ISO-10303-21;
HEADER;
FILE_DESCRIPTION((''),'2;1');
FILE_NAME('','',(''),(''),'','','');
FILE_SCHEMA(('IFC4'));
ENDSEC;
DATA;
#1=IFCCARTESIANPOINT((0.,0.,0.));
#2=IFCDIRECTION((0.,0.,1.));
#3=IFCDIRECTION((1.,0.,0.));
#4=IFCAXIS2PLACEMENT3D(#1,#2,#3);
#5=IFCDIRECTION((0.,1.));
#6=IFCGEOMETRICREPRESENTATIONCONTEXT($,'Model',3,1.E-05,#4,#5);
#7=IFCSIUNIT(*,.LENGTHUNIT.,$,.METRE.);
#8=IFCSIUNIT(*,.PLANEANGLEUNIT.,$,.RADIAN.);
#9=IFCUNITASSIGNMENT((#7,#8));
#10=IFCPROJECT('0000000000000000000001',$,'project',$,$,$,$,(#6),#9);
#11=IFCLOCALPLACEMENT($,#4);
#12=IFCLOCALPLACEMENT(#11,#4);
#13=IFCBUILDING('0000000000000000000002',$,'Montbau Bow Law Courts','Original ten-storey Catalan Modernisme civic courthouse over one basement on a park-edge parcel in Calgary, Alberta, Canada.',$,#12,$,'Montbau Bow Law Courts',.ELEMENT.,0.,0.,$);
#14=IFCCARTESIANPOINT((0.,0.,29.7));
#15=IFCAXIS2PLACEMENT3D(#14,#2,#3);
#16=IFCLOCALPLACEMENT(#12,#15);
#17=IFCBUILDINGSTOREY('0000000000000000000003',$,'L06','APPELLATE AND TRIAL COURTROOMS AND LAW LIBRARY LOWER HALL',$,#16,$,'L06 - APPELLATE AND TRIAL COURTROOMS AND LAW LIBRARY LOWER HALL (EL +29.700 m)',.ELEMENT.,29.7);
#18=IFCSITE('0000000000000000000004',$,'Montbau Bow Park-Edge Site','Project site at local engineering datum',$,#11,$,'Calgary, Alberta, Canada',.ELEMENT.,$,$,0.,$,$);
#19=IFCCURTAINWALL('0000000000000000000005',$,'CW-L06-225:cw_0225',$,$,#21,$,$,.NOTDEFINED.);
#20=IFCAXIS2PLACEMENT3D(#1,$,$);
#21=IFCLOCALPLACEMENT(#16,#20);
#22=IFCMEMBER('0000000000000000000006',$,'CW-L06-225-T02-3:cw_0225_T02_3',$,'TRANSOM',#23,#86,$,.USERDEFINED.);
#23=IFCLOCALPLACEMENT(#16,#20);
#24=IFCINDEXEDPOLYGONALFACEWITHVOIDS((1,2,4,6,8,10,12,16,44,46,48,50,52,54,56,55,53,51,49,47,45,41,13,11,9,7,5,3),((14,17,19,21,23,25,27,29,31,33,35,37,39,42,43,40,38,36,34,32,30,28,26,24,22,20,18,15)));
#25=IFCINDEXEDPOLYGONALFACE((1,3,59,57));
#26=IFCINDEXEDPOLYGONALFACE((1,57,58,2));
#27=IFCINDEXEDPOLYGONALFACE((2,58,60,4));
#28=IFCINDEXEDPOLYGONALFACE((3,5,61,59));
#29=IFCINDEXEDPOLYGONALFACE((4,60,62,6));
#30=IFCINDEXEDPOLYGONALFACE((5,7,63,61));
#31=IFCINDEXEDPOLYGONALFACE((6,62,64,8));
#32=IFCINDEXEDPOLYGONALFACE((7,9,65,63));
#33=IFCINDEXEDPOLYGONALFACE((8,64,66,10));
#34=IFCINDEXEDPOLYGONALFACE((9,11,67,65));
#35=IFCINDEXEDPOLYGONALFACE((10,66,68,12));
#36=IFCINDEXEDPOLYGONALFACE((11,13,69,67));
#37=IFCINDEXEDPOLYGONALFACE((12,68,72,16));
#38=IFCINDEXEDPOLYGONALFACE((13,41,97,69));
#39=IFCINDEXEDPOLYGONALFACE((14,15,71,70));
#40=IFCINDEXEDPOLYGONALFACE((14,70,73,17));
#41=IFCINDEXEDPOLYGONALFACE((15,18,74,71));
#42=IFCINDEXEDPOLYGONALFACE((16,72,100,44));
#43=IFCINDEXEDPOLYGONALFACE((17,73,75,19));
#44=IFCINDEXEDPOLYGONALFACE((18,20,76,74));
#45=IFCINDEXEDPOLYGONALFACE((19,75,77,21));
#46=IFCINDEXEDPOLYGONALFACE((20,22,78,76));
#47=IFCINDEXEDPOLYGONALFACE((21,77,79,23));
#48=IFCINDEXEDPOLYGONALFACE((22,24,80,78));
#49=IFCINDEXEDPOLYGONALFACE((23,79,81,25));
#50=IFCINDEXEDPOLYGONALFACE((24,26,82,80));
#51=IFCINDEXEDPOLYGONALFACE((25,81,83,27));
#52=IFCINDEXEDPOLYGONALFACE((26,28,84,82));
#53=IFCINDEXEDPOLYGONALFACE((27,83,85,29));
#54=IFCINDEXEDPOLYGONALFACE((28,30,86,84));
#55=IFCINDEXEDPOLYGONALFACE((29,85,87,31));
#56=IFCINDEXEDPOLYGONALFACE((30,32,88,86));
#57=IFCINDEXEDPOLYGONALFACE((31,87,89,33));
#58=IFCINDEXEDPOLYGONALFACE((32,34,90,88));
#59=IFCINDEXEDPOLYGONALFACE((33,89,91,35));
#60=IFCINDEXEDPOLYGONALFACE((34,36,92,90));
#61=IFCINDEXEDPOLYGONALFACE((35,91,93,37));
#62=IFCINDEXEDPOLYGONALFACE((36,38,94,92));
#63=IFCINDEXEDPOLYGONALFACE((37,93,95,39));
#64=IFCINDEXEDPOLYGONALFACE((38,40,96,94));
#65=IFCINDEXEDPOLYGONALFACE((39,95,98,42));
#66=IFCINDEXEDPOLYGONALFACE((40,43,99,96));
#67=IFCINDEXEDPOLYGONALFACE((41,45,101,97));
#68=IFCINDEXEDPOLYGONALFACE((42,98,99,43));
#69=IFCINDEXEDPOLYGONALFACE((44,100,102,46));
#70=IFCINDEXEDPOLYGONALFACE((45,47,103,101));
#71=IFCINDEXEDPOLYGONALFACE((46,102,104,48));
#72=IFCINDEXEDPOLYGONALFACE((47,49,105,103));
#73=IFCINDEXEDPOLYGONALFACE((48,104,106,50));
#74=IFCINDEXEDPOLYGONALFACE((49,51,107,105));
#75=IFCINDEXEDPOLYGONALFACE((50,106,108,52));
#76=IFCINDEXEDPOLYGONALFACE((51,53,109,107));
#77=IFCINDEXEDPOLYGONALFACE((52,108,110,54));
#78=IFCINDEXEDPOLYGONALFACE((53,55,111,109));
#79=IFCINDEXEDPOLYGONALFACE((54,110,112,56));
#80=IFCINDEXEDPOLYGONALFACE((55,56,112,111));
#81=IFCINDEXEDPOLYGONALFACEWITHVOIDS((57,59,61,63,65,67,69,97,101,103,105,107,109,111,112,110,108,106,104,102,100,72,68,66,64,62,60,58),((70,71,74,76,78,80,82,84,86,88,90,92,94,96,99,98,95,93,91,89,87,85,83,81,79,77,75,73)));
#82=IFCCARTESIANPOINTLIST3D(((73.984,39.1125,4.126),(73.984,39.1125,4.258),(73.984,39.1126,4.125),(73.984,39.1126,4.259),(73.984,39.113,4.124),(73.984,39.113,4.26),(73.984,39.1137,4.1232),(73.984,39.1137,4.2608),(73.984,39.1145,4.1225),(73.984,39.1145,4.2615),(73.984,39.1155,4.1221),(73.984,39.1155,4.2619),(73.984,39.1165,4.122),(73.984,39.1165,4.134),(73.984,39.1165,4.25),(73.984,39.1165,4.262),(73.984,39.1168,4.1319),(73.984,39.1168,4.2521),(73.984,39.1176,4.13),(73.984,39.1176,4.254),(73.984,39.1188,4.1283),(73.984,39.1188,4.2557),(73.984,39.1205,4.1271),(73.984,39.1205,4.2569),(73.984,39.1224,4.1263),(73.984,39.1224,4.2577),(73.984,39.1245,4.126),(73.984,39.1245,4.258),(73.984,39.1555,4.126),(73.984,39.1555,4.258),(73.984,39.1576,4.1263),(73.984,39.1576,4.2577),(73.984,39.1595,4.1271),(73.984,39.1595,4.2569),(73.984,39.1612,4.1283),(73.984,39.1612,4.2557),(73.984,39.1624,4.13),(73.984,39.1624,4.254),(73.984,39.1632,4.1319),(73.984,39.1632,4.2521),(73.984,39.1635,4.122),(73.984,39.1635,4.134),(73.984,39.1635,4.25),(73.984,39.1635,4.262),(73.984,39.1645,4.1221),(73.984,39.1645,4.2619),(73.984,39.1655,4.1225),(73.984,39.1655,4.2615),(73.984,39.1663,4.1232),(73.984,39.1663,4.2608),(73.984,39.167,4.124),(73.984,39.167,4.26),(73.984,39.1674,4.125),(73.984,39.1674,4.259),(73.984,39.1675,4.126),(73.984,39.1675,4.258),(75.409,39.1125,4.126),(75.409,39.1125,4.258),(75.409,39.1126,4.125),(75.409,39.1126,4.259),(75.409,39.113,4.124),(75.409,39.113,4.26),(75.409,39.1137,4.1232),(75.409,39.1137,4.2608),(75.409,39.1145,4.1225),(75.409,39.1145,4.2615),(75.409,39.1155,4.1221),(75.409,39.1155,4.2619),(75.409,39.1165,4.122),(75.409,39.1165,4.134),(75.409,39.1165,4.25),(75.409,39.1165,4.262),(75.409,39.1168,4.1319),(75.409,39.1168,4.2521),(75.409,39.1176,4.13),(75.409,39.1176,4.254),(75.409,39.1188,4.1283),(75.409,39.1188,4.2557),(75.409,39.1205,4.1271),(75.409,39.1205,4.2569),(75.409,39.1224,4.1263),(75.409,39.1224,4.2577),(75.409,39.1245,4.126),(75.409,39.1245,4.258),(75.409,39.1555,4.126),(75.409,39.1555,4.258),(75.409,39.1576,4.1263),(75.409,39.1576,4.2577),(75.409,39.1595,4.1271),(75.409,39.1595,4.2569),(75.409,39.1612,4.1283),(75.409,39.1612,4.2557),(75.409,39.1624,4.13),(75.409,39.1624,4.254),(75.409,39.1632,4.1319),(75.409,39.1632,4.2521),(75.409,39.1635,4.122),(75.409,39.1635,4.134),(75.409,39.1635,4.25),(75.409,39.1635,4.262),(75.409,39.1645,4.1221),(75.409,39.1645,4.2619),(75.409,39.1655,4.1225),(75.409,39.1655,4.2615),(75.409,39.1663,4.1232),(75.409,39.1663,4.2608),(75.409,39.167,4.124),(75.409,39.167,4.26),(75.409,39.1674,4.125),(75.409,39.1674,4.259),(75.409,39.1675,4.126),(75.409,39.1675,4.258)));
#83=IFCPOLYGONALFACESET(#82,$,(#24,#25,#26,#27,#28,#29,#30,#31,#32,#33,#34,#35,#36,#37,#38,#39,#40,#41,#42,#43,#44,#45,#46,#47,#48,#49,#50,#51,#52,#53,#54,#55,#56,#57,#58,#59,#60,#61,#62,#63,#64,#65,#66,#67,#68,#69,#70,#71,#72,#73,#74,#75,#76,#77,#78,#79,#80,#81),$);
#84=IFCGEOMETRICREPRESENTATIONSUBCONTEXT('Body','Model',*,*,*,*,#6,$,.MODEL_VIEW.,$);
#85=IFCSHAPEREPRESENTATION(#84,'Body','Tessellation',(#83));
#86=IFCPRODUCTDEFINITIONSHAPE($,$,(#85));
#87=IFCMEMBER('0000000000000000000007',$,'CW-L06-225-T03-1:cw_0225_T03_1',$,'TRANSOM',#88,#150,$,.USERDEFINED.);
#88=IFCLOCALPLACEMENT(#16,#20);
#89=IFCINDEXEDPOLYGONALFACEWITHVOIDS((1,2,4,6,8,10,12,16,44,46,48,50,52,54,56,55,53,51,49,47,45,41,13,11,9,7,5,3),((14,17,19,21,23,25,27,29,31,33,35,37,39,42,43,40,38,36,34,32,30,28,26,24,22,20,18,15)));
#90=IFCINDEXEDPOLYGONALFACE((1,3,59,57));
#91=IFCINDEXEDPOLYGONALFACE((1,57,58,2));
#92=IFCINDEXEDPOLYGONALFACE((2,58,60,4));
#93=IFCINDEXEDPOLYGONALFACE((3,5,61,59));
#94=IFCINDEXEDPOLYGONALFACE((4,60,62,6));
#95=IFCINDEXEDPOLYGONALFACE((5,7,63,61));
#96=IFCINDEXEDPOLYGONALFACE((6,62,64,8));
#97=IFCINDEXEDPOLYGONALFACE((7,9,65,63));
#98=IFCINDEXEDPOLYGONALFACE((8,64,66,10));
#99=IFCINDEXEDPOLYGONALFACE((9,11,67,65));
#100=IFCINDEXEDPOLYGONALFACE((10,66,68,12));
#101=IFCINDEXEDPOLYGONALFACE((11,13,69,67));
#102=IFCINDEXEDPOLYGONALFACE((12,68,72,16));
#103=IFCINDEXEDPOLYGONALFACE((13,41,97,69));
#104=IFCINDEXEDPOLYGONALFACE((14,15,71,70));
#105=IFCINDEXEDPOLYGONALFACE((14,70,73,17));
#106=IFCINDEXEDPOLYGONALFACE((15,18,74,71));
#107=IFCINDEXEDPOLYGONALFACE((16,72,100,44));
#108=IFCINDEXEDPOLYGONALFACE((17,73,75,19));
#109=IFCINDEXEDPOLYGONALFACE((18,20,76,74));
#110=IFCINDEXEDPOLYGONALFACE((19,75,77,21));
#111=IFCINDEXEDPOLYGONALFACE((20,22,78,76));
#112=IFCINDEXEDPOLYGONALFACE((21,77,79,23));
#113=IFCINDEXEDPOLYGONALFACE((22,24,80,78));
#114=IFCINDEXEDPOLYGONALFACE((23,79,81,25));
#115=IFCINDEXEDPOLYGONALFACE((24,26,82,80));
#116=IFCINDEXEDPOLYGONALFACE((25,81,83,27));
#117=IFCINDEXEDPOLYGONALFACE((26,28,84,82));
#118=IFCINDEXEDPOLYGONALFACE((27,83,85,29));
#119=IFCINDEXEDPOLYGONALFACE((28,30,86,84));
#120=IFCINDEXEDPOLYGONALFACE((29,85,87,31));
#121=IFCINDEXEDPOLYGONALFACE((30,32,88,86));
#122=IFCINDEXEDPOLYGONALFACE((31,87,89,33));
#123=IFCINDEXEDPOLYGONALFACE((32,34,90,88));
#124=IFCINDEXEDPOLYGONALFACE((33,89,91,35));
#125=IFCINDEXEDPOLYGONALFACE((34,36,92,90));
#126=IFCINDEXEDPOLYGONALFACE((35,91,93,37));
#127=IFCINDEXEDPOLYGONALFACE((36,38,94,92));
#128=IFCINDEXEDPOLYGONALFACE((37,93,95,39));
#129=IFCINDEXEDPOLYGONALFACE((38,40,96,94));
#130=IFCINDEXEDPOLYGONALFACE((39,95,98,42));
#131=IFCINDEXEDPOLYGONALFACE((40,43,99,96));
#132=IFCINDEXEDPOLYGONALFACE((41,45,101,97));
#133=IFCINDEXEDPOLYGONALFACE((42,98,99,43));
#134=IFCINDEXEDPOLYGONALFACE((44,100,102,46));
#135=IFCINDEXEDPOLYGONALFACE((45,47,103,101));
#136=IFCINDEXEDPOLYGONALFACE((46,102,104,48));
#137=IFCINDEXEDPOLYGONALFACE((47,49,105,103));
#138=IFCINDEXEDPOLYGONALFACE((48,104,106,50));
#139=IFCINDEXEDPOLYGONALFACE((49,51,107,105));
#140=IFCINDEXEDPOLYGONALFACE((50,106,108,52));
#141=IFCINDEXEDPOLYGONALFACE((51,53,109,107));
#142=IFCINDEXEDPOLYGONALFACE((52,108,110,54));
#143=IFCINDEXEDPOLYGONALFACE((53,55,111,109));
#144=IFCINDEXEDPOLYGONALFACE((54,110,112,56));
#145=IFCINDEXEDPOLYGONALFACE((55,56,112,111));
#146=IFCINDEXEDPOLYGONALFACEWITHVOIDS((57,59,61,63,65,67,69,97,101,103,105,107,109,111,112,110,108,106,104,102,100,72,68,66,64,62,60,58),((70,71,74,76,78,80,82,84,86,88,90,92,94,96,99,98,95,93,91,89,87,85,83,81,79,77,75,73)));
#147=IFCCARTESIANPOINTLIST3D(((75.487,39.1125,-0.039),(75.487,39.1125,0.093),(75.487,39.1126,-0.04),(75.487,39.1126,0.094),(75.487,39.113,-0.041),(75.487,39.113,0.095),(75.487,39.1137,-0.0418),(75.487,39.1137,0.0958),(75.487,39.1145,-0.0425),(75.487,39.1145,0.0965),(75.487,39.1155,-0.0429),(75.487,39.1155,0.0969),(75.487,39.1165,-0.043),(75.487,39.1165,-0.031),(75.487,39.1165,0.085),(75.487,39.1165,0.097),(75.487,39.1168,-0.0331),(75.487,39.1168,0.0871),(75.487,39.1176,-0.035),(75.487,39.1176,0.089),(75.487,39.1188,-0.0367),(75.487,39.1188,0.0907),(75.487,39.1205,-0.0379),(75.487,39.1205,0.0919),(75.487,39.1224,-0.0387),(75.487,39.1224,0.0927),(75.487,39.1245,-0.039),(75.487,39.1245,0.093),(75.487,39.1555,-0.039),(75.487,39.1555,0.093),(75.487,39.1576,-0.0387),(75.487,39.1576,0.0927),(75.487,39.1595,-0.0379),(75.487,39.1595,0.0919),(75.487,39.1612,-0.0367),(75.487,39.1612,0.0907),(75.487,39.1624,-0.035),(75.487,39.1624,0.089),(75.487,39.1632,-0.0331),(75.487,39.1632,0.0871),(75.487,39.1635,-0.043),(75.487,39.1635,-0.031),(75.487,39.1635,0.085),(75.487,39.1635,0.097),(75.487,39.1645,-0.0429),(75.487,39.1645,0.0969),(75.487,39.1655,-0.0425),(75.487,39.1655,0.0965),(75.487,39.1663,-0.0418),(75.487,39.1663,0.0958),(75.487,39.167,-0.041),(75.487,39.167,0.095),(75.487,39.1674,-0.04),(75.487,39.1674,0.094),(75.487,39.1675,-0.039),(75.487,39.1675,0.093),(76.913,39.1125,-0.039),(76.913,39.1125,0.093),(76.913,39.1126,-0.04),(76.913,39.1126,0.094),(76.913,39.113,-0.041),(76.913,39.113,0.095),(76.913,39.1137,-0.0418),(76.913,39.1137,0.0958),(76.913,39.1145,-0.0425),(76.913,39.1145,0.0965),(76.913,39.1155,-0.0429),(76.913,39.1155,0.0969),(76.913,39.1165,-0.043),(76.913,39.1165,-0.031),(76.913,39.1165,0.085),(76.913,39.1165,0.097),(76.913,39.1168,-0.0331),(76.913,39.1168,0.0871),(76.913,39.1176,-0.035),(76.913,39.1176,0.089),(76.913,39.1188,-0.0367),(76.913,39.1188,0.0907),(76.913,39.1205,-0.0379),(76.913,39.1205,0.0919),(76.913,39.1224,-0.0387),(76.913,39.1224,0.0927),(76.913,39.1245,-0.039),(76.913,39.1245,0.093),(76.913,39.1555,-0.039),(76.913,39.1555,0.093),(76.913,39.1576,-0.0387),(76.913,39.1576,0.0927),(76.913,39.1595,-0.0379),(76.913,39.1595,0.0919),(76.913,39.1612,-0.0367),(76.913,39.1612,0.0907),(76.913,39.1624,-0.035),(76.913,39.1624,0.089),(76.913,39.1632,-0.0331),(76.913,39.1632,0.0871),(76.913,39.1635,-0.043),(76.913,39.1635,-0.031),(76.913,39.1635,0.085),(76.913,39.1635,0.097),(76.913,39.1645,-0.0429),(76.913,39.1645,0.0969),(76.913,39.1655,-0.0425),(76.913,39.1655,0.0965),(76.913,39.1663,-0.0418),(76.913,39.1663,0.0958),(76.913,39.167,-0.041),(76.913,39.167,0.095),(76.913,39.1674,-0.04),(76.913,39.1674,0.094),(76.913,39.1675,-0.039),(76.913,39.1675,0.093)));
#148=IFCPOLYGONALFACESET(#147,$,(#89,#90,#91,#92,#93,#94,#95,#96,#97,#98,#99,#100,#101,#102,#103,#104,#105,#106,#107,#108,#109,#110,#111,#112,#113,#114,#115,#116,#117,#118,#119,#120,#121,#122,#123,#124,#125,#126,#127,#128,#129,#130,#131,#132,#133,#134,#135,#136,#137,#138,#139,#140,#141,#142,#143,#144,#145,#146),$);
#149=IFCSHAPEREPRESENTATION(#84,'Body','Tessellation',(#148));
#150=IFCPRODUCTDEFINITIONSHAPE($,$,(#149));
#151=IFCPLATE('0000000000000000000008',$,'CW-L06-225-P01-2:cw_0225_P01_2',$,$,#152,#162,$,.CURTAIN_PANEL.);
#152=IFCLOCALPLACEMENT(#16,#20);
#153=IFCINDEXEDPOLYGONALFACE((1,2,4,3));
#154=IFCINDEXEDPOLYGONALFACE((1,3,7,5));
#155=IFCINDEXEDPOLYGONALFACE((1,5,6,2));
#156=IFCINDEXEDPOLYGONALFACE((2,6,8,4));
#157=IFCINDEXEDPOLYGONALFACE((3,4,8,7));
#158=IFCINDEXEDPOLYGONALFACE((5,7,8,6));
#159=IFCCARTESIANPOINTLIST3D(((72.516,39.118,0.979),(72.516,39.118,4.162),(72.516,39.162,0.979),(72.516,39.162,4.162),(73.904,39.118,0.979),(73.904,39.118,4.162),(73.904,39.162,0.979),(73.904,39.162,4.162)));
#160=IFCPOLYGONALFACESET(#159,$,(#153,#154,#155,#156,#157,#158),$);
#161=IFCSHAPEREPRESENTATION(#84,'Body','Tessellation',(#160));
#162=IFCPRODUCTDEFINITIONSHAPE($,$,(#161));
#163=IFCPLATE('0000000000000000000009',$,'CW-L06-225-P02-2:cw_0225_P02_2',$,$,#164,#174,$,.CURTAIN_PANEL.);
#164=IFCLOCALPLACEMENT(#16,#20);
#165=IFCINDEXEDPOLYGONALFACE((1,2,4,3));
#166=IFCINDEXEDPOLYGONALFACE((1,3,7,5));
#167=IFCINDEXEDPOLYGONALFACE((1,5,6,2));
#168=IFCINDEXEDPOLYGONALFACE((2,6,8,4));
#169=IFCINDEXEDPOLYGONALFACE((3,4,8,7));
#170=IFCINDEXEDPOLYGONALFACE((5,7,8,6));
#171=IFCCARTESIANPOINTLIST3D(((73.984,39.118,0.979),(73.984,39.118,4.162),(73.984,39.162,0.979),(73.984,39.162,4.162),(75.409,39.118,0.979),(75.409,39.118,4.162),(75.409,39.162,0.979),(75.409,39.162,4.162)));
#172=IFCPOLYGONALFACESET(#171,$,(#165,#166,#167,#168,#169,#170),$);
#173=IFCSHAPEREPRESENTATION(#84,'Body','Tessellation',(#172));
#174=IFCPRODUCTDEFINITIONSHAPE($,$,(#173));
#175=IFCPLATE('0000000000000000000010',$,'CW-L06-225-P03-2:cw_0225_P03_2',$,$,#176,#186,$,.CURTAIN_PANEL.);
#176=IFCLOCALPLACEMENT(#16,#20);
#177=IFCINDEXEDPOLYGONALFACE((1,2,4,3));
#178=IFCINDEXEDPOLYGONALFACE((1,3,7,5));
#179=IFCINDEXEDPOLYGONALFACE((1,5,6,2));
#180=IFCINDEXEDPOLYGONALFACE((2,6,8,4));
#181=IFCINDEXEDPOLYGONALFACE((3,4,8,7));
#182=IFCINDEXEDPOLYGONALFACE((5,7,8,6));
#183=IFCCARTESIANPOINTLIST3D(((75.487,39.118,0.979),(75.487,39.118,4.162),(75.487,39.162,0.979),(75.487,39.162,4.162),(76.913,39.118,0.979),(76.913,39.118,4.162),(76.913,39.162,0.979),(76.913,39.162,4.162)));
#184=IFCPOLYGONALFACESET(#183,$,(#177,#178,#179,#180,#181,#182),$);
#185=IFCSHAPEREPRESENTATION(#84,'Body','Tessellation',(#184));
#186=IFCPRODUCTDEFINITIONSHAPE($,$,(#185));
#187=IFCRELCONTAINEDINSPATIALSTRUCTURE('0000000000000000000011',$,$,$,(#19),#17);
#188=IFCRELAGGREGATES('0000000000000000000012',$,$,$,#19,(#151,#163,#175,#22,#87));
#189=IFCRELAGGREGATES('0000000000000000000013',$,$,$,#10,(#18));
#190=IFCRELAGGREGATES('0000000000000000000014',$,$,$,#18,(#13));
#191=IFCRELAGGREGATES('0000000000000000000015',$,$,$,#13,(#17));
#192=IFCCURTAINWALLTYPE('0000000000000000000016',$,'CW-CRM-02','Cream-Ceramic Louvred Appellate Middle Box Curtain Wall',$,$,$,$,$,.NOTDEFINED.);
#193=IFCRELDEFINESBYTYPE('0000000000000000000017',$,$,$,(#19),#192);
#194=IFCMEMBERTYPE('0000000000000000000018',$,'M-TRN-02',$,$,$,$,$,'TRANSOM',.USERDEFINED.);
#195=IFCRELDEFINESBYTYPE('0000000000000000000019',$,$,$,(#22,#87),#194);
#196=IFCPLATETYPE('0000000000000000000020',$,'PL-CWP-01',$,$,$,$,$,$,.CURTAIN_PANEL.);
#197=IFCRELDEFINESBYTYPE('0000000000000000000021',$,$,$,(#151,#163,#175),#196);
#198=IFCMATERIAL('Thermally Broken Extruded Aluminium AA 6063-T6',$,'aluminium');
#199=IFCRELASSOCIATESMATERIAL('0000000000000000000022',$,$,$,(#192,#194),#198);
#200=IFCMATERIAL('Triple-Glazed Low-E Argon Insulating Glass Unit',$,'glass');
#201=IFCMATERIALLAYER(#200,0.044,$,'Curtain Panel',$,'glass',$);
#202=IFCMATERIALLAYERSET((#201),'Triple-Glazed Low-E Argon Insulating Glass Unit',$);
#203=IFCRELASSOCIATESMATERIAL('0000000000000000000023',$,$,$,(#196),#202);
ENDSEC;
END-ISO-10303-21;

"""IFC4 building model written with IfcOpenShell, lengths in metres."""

from ifc_helpers import new_model, si_unit, direction, frame, frame_2d, origin_with_axes, origin_2d_with_axis, place, context, subcontext, project, spatial, rectangle, hollow_rectangle, extrude, material, layer, layer_set, material_profile, profile_set, type_object, element, aggregate, save


model = new_model("IFC4")

# Units and contexts
model_context = context("Model", 3, precision=1e-05, world=origin_with_axes(), true_north=direction((0.0, 1.0)))
body_context = subcontext(model_context, "Body", "Model", "MODEL_VIEW")
ifc_project = project(units=[si_unit("LENGTHUNIT", "METRE"), si_unit("PLANEANGLEUNIT", "RADIAN")], contexts=[model_context])

# Site, building, storey
site_placement = place(None, origin_with_axes())
site = spatial("IfcSite", under=ifc_project, at=site_placement, Name="Montbau Bow Park-Edge Site", Description="Project site at local engineering datum", LongName="Calgary, Alberta, Canada", CompositionType="ELEMENT", RefElevation=0.0)
building_placement = place(site_placement, origin_with_axes())
building = spatial("IfcBuilding", under=site, at=building_placement, Name="Montbau Bow Law Courts", Description="Original ten-storey Catalan Modernisme civic courthouse over one basement on a park-edge parcel in Calgary, Alberta, Canada.", LongName="Montbau Bow Law Courts", CompositionType="ELEMENT", ElevationOfRefHeight=0.0, ElevationOfTerrain=0.0)
storey_placement = place(building_placement, frame((0.0, 0.0, 29.7), z_axis=(0.0, 0.0, 1.0), x_axis=(1.0, 0.0, 0.0)))
storey = spatial("IfcBuildingStorey", under=building, at=storey_placement, Name="L06", Description="APPELLATE AND TRIAL COURTROOMS AND LAW LIBRARY LOWER HALL", LongName="L06 - APPELLATE AND TRIAL COURTROOMS AND LAW LIBRARY LOWER HALL (EL +29.700 m)", CompositionType="ELEMENT", Elevation=29.7)

# Curtain wall
ifc_material_1 = material(Name="Thermally Broken Extruded Aluminium AA 6063-T6", Category="aluminium")
curtain_wall_type = type_object("IfcCurtainWallType", Name="CW-CRM-02", Description="Cream-Ceramic Louvred Appellate Middle Box Curtain Wall", PredefinedType="NOTDEFINED", material=ifc_material_1)
curtain_wall_1_placement = place(None, frame((72.44, 39.14, 29.7), z_axis=(0.0, 0.0, 1.0), x_axis=(1.0, 0.0, 0.0)))
curtain_wall_1 = element("IfcCurtainWall", 1, at=curtain_wall_1_placement, inside=storey, type_object=curtain_wall_type, Name="CW-L06-225:cw_0225", PredefinedType="NOTDEFINED")

# Members
ifc_material_profile_1 = material_profile(ifc_material_1, hollow_rectangle(XDim=0.055, YDim=0.14, WallThickness=0.004, InnerFilletRadius=0.008, OuterFilletRadius=0.004, at=origin_2d_with_axis()), Name="CWT-140X55", Category="Main", Priority=0)
ifc_profile_set_1 = profile_set([ifc_material_profile_1], Name="Thermally Broken Extruded Aluminium AA 6063-T6")
member_type_1 = type_object("IfcMemberType", Name="M-TRN-02", ElementType="TRANSOM", PredefinedType="USERDEFINED", material=ifc_profile_set_1)
member_1_placement = place(None, frame((73.984, 39.14, 33.892), z_axis=(1.0, 0.0, 0.0), x_axis=(0.0, 1.0, 0.0)))
member_1 = element("IfcMember", 2, at=member_1_placement, type_object=member_type_1, Name="CW-L06-225-T02-3:cw_0225_T02_3", ObjectType="TRANSOM", PredefinedType="USERDEFINED", context=body_context, shape_type="SweptSolid", body=[
    extrude(hollow_rectangle(XDim=0.055, YDim=0.14, WallThickness=0.004, InnerFilletRadius=0.008, OuterFilletRadius=0.004, at=origin_2d_with_axis()), origin_with_axes(), (0.0, 0.0, 1.0), 1.425),
])
member_2_placement = place(None, frame((75.487, 39.14, 29.727), z_axis=(1.0, 0.0, 0.0), x_axis=(0.0, 1.0, 0.0)))
member_2 = element("IfcMember", 3, at=member_2_placement, type_object=member_type_1, Name="CW-L06-225-T03-1:cw_0225_T03_1", ObjectType="TRANSOM", PredefinedType="USERDEFINED", context=body_context, shape_type="SweptSolid", body=[
    extrude(hollow_rectangle(XDim=0.055, YDim=0.14, WallThickness=0.004, InnerFilletRadius=0.008, OuterFilletRadius=0.004, at=origin_2d_with_axis()), origin_with_axes(), (0.0, 0.0, 1.0), 1.426),
])

# Plates
ifc_material_2 = material(Name="Triple-Glazed Low-E Argon Insulating Glass Unit", Category="glass")
ifc_layer_1 = layer(ifc_material_2, 0.044, Name="Curtain Panel", Category="glass")
ifc_layer_set_1 = layer_set([ifc_layer_1], Name="Triple-Glazed Low-E Argon Insulating Glass Unit")
plate_type_1 = type_object("IfcPlateType", Name="PL-CWP-01", PredefinedType="CURTAIN_PANEL", material=ifc_layer_set_1)
plate_1_placement = place(None, frame((72.516, 39.14, 30.679), z_axis=(0.0, -1.0, 0.0), x_axis=(1.0, 0.0, 0.0)))
plate_1 = element("IfcPlate", 4, at=plate_1_placement, type_object=plate_type_1, Name="CW-L06-225-P01-2:cw_0225_P01_2", PredefinedType="CURTAIN_PANEL", context=body_context, shape_type="SweptSolid", body=[
    extrude(rectangle(XDim=1.388, YDim=3.183, at=frame_2d((0.694, 1.5915), x_axis=(1.0, 0.0))), frame((0.0, 0.0, -0.022), z_axis=(0.0, 0.0, 1.0), x_axis=(1.0, 0.0, 0.0)), (0.0, 0.0, 1.0), 0.044),
])
plate_2_placement = place(None, frame((73.984, 39.14, 30.679), z_axis=(0.0, -1.0, 0.0), x_axis=(1.0, 0.0, 0.0)))
plate_2 = element("IfcPlate", 5, at=plate_2_placement, type_object=plate_type_1, Name="CW-L06-225-P02-2:cw_0225_P02_2", PredefinedType="CURTAIN_PANEL", context=body_context, shape_type="SweptSolid", body=[
    extrude(rectangle(XDim=1.425, YDim=3.183, at=frame_2d((0.7125, 1.5915), x_axis=(1.0, 0.0))), frame((0.0, 0.0, -0.022), z_axis=(0.0, 0.0, 1.0), x_axis=(1.0, 0.0, 0.0)), (0.0, 0.0, 1.0), 0.044),
])
plate_3_placement = place(None, frame((75.487, 39.14, 30.679), z_axis=(0.0, -1.0, 0.0), x_axis=(1.0, 0.0, 0.0)))
plate_3 = element("IfcPlate", 6, at=plate_3_placement, type_object=plate_type_1, Name="CW-L06-225-P03-2:cw_0225_P03_2", PredefinedType="CURTAIN_PANEL", context=body_context, shape_type="SweptSolid", body=[
    extrude(rectangle(XDim=1.426, YDim=3.183, at=frame_2d((0.713, 1.5915), x_axis=(1.0, 0.0))), frame((0.0, 0.0, -0.022), z_axis=(0.0, 0.0, 1.0), x_axis=(1.0, 0.0, 0.0)), (0.0, 0.0, 1.0), 0.044),
])
aggregate(curtain_wall_1, [plate_1, plate_2, plate_3, member_1, member_2])

save(model, "model.ifc")
